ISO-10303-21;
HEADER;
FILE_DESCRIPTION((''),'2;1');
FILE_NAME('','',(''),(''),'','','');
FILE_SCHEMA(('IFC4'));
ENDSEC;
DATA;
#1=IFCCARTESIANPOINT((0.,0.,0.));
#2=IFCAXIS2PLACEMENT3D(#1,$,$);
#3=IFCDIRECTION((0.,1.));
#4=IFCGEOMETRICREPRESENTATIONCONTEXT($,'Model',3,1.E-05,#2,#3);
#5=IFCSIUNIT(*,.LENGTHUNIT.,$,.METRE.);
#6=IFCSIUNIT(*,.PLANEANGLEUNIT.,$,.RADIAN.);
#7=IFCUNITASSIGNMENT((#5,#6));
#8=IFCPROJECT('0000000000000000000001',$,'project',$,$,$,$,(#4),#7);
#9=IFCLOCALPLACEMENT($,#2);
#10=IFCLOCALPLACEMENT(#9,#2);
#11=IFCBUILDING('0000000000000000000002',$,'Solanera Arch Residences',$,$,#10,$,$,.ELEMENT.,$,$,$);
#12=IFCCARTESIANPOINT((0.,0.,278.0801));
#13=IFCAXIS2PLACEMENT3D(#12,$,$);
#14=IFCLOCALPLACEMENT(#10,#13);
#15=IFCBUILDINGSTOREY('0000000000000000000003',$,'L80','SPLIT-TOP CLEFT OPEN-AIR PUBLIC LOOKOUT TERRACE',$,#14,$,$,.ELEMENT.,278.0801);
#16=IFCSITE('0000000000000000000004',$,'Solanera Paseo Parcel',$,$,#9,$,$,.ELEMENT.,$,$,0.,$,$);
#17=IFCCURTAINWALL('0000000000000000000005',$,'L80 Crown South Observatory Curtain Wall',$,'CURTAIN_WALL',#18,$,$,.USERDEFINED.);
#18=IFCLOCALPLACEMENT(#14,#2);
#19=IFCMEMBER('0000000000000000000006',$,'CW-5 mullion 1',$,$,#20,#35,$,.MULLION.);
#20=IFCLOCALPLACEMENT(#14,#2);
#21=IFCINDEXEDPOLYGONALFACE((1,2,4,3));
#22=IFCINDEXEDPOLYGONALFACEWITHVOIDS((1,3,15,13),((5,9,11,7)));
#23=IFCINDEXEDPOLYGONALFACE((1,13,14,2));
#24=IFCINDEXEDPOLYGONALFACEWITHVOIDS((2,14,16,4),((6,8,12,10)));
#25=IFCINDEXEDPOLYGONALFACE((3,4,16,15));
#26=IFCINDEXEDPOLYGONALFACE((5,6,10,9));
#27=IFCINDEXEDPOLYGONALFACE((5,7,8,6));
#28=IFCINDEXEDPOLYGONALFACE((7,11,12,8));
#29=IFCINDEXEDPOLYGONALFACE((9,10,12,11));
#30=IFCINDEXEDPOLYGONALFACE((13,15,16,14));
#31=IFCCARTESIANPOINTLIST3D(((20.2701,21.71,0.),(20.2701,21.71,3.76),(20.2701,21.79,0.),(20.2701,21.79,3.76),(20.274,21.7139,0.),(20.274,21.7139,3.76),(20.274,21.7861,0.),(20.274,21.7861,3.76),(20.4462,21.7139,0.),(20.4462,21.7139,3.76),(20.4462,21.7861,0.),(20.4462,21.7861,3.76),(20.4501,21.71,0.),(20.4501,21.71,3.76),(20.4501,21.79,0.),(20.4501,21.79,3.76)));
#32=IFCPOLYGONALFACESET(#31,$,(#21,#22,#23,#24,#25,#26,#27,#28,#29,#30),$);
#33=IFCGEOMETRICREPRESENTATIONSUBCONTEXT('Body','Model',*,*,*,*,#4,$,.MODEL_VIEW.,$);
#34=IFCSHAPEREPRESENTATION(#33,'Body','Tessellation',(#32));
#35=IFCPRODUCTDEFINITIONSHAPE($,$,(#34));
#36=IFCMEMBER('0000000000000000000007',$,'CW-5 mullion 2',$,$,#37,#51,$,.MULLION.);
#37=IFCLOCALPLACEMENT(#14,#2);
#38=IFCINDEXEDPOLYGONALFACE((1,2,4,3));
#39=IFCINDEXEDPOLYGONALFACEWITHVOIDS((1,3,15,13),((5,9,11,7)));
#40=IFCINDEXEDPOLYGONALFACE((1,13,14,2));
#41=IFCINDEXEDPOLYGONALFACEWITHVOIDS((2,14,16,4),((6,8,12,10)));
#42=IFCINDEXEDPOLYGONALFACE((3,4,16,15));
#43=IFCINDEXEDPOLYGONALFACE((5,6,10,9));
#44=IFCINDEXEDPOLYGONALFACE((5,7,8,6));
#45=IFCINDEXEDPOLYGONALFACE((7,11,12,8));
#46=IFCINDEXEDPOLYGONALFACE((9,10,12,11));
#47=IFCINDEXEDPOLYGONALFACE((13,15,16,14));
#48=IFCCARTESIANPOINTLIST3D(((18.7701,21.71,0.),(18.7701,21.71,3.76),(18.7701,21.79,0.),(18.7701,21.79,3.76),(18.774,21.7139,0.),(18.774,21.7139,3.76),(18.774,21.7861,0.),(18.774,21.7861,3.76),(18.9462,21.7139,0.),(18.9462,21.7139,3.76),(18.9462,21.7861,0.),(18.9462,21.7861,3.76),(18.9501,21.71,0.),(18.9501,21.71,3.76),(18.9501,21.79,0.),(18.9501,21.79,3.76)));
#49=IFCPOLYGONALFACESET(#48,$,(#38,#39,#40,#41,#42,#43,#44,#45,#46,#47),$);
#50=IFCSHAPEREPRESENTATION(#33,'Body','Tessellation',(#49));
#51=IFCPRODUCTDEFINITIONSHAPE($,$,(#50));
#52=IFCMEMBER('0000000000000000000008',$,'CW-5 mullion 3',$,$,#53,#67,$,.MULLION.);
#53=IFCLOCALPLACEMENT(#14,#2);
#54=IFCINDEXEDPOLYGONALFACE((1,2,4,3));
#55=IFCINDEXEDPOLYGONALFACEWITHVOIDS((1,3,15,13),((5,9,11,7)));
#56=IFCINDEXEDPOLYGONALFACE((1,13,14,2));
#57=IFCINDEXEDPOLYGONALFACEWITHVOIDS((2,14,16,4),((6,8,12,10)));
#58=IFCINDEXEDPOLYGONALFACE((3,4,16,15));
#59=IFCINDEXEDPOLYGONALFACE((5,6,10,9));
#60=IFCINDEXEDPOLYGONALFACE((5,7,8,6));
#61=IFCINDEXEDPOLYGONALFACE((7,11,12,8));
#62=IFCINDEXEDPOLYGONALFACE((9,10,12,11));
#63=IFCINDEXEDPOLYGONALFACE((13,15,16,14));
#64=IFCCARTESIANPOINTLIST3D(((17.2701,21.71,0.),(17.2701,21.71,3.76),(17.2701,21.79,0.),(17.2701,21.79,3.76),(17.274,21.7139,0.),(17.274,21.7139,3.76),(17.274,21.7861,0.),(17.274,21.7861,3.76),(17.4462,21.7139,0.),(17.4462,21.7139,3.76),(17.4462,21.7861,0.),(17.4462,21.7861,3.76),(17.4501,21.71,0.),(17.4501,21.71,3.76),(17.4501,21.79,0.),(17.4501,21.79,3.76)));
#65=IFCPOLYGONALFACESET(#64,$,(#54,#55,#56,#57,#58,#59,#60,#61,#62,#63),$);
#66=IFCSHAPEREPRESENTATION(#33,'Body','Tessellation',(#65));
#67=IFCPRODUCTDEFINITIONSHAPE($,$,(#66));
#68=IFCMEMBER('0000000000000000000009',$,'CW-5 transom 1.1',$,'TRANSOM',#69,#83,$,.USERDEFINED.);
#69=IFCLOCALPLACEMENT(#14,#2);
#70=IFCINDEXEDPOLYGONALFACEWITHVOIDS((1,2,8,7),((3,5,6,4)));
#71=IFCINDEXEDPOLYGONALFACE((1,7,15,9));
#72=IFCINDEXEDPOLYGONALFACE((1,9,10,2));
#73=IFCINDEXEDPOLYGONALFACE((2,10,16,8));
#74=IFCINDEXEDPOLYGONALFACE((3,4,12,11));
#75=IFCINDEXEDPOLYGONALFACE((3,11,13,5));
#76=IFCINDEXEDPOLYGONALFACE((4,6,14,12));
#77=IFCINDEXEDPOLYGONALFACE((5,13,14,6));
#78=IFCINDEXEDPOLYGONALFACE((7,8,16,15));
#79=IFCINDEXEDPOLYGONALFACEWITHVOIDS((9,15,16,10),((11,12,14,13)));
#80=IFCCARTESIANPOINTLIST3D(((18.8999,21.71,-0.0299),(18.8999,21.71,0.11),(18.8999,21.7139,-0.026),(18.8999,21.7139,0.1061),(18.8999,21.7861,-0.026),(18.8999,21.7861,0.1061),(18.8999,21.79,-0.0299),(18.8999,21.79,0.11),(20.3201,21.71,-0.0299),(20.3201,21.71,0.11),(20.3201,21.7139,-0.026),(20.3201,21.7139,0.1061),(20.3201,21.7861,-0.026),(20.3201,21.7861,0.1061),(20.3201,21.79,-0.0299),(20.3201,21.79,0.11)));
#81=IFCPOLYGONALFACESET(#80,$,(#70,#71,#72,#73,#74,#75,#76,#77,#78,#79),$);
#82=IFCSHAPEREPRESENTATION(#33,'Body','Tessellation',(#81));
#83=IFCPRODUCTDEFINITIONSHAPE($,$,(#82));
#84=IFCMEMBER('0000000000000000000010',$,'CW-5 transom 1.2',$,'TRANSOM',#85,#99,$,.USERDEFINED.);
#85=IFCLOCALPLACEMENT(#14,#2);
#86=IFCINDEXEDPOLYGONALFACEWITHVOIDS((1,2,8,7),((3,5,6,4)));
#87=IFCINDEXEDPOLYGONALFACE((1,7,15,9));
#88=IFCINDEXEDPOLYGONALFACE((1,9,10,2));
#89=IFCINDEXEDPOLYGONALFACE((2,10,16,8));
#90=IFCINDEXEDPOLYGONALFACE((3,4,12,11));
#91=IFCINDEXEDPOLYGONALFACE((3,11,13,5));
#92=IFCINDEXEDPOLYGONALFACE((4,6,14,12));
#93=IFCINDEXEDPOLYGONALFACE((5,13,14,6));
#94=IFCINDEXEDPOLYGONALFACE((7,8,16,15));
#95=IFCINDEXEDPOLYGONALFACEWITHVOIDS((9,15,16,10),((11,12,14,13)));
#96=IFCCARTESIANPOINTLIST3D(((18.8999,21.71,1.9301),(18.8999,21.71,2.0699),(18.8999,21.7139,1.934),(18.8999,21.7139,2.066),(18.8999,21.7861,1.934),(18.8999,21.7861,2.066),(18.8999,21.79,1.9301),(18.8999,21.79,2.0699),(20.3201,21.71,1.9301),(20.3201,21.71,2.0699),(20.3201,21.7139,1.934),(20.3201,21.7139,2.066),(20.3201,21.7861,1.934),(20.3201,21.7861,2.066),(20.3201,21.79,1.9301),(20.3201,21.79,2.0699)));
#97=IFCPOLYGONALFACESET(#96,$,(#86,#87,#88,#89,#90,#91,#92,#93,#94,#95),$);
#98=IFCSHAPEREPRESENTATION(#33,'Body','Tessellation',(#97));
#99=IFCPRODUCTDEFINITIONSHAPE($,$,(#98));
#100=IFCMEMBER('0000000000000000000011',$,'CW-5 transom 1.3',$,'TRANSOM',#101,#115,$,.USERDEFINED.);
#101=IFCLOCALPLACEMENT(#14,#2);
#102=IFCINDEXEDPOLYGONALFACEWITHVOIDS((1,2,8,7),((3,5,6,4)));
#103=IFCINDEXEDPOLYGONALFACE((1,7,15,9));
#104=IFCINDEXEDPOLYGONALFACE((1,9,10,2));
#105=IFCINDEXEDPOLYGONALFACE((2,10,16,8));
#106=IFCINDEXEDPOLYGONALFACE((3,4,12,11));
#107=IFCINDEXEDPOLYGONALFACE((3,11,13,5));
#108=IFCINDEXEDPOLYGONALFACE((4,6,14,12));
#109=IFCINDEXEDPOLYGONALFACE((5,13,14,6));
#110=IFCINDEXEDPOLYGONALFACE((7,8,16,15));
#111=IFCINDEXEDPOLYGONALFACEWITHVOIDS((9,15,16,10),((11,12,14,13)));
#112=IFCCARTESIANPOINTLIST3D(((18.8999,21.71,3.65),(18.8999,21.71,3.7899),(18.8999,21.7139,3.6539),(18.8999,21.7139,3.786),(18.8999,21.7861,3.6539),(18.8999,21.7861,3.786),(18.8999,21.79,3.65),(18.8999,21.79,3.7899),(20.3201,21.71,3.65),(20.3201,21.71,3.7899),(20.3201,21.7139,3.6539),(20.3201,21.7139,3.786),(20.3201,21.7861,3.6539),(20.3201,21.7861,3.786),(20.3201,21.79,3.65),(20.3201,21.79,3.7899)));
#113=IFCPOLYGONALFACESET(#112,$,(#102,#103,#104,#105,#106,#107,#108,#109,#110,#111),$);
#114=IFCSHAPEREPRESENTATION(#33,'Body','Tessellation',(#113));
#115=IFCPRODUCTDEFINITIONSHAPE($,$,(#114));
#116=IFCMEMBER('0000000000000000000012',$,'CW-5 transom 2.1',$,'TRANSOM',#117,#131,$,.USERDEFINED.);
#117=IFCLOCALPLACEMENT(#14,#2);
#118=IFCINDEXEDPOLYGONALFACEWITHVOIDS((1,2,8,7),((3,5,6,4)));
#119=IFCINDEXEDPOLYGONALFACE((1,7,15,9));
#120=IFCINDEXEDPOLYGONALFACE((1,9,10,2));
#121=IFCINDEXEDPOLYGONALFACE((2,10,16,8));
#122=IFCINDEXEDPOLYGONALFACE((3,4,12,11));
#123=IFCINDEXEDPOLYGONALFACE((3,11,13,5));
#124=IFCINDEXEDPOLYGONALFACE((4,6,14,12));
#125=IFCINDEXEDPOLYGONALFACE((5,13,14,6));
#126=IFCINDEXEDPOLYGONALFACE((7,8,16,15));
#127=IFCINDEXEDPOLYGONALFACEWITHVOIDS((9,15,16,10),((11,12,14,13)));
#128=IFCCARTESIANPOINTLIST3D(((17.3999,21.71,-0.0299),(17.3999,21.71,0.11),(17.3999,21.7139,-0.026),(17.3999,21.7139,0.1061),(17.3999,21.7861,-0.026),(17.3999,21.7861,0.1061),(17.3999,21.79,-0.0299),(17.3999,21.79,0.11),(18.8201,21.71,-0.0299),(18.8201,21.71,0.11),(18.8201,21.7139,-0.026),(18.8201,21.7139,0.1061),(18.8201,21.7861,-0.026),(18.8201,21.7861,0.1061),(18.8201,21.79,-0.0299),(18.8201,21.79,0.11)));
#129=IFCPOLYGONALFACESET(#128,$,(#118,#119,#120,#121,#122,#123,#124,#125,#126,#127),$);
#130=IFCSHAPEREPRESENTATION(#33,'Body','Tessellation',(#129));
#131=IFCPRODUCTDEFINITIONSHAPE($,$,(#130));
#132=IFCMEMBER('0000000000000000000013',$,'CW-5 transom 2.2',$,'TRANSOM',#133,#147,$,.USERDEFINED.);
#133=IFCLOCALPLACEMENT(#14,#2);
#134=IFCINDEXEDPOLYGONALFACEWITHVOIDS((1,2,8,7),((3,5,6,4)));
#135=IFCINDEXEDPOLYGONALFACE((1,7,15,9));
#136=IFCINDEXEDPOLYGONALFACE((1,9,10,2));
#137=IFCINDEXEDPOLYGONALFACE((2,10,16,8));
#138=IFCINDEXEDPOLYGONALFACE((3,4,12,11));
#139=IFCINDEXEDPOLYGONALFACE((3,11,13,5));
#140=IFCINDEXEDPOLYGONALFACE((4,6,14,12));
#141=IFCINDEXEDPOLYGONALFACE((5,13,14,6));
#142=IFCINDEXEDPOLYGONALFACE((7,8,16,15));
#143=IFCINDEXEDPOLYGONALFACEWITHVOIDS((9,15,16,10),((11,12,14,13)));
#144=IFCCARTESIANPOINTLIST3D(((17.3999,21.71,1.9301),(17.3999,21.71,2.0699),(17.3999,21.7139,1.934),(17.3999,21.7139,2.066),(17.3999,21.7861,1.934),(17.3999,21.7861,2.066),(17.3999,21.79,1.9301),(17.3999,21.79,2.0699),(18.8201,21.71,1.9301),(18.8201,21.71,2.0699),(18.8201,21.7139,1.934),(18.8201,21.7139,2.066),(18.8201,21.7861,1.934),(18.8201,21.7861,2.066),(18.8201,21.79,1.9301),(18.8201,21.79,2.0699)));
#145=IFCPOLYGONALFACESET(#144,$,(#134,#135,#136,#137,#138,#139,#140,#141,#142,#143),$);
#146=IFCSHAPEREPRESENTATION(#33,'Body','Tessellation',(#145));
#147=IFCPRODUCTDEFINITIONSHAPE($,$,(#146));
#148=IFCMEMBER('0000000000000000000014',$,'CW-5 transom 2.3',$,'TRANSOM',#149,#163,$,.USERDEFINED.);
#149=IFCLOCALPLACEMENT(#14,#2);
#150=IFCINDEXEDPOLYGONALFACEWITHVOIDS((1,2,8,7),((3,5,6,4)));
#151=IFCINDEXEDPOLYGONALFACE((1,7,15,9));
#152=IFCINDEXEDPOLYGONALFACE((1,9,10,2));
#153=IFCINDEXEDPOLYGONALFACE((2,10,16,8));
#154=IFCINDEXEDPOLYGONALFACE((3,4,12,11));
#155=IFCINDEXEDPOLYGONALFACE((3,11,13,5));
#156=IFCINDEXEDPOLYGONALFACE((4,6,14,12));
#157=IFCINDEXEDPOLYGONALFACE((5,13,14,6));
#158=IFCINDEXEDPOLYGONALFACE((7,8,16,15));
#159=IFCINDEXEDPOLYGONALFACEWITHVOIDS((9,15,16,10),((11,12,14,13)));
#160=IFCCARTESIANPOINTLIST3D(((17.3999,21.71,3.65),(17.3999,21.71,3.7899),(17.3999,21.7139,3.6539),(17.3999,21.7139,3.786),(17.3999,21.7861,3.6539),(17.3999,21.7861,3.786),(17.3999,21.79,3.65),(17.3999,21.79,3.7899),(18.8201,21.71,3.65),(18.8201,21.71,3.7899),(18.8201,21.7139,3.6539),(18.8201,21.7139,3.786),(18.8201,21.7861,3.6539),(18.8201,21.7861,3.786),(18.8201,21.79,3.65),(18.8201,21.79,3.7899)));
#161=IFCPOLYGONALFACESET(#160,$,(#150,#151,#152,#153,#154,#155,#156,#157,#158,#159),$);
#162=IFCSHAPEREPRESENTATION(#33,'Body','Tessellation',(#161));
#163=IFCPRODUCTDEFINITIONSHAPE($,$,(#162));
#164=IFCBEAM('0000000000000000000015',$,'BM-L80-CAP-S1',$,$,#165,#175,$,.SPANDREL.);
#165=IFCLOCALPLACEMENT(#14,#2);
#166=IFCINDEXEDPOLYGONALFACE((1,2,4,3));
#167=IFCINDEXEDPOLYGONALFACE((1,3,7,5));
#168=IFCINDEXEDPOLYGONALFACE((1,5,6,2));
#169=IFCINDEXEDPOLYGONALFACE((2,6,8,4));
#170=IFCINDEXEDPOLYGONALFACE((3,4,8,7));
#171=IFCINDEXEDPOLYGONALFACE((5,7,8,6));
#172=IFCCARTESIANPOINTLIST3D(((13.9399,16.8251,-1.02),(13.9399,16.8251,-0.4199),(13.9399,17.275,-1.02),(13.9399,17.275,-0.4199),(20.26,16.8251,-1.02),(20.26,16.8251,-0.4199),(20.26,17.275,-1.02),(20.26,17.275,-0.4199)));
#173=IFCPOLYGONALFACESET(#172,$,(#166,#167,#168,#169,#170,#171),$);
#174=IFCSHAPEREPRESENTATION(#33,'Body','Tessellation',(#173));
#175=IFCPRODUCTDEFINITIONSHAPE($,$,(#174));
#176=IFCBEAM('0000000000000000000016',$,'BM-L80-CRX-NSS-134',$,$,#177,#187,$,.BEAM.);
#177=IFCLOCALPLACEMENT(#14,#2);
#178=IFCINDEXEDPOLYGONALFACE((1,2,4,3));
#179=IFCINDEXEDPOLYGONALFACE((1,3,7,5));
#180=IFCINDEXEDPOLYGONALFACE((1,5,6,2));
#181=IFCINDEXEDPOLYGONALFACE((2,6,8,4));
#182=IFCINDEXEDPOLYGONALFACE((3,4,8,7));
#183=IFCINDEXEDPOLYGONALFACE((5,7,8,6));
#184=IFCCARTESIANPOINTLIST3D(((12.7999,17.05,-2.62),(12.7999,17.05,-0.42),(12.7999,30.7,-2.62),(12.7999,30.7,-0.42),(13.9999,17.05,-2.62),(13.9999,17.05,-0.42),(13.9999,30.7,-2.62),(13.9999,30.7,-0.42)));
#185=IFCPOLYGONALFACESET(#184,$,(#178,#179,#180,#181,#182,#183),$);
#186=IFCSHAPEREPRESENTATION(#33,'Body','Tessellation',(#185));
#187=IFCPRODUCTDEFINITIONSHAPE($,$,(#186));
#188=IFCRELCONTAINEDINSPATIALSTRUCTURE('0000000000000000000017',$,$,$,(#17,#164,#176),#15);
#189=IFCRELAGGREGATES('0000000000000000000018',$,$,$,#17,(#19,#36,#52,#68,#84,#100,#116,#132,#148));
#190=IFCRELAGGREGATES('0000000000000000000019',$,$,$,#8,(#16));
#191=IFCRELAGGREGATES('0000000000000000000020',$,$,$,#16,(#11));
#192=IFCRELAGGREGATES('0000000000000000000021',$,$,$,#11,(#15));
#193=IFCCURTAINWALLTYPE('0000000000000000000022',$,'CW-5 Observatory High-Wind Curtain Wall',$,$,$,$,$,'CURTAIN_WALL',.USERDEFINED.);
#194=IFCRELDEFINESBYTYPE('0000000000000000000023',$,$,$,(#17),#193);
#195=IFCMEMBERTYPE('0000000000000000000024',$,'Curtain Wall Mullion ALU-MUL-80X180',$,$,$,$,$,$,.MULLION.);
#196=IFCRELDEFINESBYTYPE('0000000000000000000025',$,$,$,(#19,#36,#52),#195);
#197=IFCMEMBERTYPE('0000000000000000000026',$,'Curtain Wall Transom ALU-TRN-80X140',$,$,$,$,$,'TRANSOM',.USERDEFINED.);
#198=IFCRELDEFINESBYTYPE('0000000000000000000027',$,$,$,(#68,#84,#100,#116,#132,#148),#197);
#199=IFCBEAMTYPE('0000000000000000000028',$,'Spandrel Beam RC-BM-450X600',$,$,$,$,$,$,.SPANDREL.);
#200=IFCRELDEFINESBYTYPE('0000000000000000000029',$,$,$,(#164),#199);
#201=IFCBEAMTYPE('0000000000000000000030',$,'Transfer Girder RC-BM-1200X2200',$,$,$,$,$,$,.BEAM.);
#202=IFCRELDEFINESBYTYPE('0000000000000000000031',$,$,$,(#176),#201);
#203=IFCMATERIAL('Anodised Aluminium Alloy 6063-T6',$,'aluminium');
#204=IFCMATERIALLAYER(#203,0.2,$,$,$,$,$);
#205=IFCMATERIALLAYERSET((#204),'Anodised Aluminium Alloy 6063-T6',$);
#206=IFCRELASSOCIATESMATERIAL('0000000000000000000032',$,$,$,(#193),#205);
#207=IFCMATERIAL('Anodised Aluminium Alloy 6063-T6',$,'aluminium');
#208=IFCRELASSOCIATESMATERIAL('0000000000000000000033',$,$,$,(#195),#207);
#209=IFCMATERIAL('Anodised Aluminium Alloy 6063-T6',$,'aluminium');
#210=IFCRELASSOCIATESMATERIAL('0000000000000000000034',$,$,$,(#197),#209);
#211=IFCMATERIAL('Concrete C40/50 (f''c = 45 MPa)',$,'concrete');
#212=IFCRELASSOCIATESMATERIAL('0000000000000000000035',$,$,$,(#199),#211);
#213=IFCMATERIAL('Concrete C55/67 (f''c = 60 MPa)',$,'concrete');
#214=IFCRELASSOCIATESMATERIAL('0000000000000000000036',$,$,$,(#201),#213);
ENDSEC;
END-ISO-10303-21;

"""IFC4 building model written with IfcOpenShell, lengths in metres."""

from ifc_helpers import new_model, si_unit, direction, frame, origin, origin_2d, place, context, subcontext, project, spatial, rectangle, hollow_rectangle, extrude, material, layer, layer_set, material_profile, profile_set, type_object, element, aggregate, save


model = new_model("IFC4")

# Units and contexts
model_context = context("Model", 3, precision=1e-05, world=origin(), true_north=direction((0.0, 1.0)))
body_context = subcontext(model_context, "Body", "Model", "MODEL_VIEW")
ifc_project = project(units=[si_unit("LENGTHUNIT", "METRE"), si_unit("PLANEANGLEUNIT", "RADIAN")], contexts=[model_context])

# Site, building, storey
site_placement = place(None, origin())
site = spatial("IfcSite", under=ifc_project, at=site_placement, Name="Solanera Paseo Parcel", CompositionType="ELEMENT", RefElevation=0.0)
building_placement = place(site_placement, origin())
building = spatial("IfcBuilding", under=site, at=building_placement, Name="Solanera Arch Residences", CompositionType="ELEMENT")
storey_placement = place(building_placement, frame((0.0, 0.0, 278.0801)))
storey = spatial("IfcBuildingStorey", under=building, at=storey_placement, Name="L80", Description="SPLIT-TOP CLEFT OPEN-AIR PUBLIC LOOKOUT TERRACE", CompositionType="ELEMENT", Elevation=278.0801)

# Curtain wall, members
ifc_material_1 = material(Name="Anodised Aluminium Alloy 6063-T6", Category="aluminium")
ifc_layer_1 = layer(ifc_material_1, 0.2)
ifc_layer_set_1 = layer_set([ifc_layer_1], Name="Anodised Aluminium Alloy 6063-T6")
curtain_wall_type = type_object("IfcCurtainWallType", Name="CW-5 Observatory High-Wind Curtain Wall", ElementType="CURTAIN_WALL", PredefinedType="USERDEFINED", material=ifc_layer_set_1)
curtain_wall_placement = place(storey_placement, origin())
curtain_wall = element("IfcCurtainWall", 1, at=curtain_wall_placement, inside=storey, type_object=curtain_wall_type, Name="L80 Crown South Observatory Curtain Wall", ObjectType="CURTAIN_WALL", PredefinedType="USERDEFINED")
ifc_material_2 = material(Name="Anodised Aluminium Alloy 6063-T6", Category="aluminium")
ifc_material_profile_1 = material_profile(ifc_material_2, hollow_rectangle(XDim=0.0801, YDim=0.1799, WallThickness=0.0039, at=origin_2d()))
ifc_profile_set_1 = profile_set([ifc_material_profile_1], Name="Anodised Aluminium Alloy 6063-T6")
member_type_1 = type_object("IfcMemberType", Name="Curtain Wall Mullion ALU-MUL-80X180", PredefinedType="MULLION", material=ifc_profile_set_1)
member_1_placement = place(storey_placement, frame((20.3601, 21.75, 0.0), z_axis=(0.0, 0.0, 1.0), x_axis=(0.0, -1.0, 0.0)))
member_1 = element("IfcMember", 2, at=member_1_placement, type_object=member_type_1, Name="CW-5 mullion 1", PredefinedType="MULLION", context=body_context, shape_type="SweptSolid", body=[
    extrude(hollow_rectangle(XDim=0.0801, YDim=0.1799, WallThickness=0.0039, at=origin_2d()), origin(), (0.0, 0.0, 1.0), 3.76),
])
member_2_placement = place(storey_placement, frame((18.8601, 21.75, 0.0), z_axis=(0.0, 0.0, 1.0), x_axis=(0.0, -1.0, 0.0)))
member_2 = element("IfcMember", 3, at=member_2_placement, type_object=member_type_1, Name="CW-5 mullion 2", PredefinedType="MULLION", context=body_context, shape_type="SweptSolid", body=[
    extrude(hollow_rectangle(XDim=0.0801, YDim=0.1799, WallThickness=0.0039, at=origin_2d()), origin(), (0.0, 0.0, 1.0), 3.76),
])
member_3_placement = place(storey_placement, frame((17.3601, 21.75, 0.0), z_axis=(0.0, 0.0, 1.0), x_axis=(0.0, -1.0, 0.0)))
member_3 = element("IfcMember", 4, at=member_3_placement, type_object=member_type_1, Name="CW-5 mullion 3", PredefinedType="MULLION", context=body_context, shape_type="SweptSolid", body=[
    extrude(hollow_rectangle(XDim=0.0801, YDim=0.1799, WallThickness=0.0039, at=origin_2d()), origin(), (0.0, 0.0, 1.0), 3.76),
])
ifc_material_3 = material(Name="Anodised Aluminium Alloy 6063-T6", Category="aluminium")
ifc_material_profile_2 = material_profile(ifc_material_3, hollow_rectangle(XDim=0.0801, YDim=0.1399, WallThickness=0.0039, at=origin_2d()))
ifc_profile_set_2 = profile_set([ifc_material_profile_2], Name="Anodised Aluminium Alloy 6063-T6")
member_type_2 = type_object("IfcMemberType", Name="Curtain Wall Transom ALU-TRN-80X140", ElementType="TRANSOM", PredefinedType="USERDEFINED", material=ifc_profile_set_2)
member_4_placement = place(storey_placement, frame((20.3201, 21.75, 0.04), z_axis=(-1.0, 0.0, 0.0), x_axis=(0.0, -1.0, 0.0)))
member_4 = element("IfcMember", 5, at=member_4_placement, type_object=member_type_2, Name="CW-5 transom 1.1", ObjectType="TRANSOM", PredefinedType="USERDEFINED", context=body_context, shape_type="SweptSolid", body=[
    extrude(hollow_rectangle(XDim=0.0801, YDim=0.1399, WallThickness=0.0039, at=origin_2d()), origin(), (0.0, 0.0, 1.0), 1.4202),
])
member_5_placement = place(storey_placement, frame((20.3201, 21.75, 2.0), z_axis=(-1.0, 0.0, 0.0), x_axis=(0.0, -1.0, 0.0)))
member_5 = element("IfcMember", 6, at=member_5_placement, type_object=member_type_2, Name="CW-5 transom 1.2", ObjectType="TRANSOM", PredefinedType="USERDEFINED", context=body_context, shape_type="SweptSolid", body=[
    extrude(hollow_rectangle(XDim=0.0801, YDim=0.1399, WallThickness=0.0039, at=origin_2d()), origin(), (0.0, 0.0, 1.0), 1.4202),
])
member_6_placement = place(storey_placement, frame((20.3201, 21.75, 3.72), z_axis=(-1.0, 0.0, 0.0), x_axis=(0.0, -1.0, 0.0)))
member_6 = element("IfcMember", 7, at=member_6_placement, type_object=member_type_2, Name="CW-5 transom 1.3", ObjectType="TRANSOM", PredefinedType="USERDEFINED", context=body_context, shape_type="SweptSolid", body=[
    extrude(hollow_rectangle(XDim=0.0801, YDim=0.1399, WallThickness=0.0039, at=origin_2d()), origin(), (0.0, 0.0, 1.0), 1.4202),
])
member_7_placement = place(storey_placement, frame((18.8201, 21.75, 0.04), z_axis=(-1.0, 0.0, 0.0), x_axis=(0.0, -1.0, 0.0)))
member_7 = element("IfcMember", 8, at=member_7_placement, type_object=member_type_2, Name="CW-5 transom 2.1", ObjectType="TRANSOM", PredefinedType="USERDEFINED", context=body_context, shape_type="SweptSolid", body=[
    extrude(hollow_rectangle(XDim=0.0801, YDim=0.1399, WallThickness=0.0039, at=origin_2d()), origin(), (0.0, 0.0, 1.0), 1.4202),
])
member_8_placement = place(storey_placement, frame((18.8201, 21.75, 2.0), z_axis=(-1.0, 0.0, 0.0), x_axis=(0.0, -1.0, 0.0)))
member_8 = element("IfcMember", 9, at=member_8_placement, type_object=member_type_2, Name="CW-5 transom 2.2", ObjectType="TRANSOM", PredefinedType="USERDEFINED", context=body_context, shape_type="SweptSolid", body=[
    extrude(hollow_rectangle(XDim=0.0801, YDim=0.1399, WallThickness=0.0039, at=origin_2d()), origin(), (0.0, 0.0, 1.0), 1.4202),
])
member_9_placement = place(storey_placement, frame((18.8201, 21.75, 3.72), z_axis=(-1.0, 0.0, 0.0), x_axis=(0.0, -1.0, 0.0)))
member_9 = element("IfcMember", 10, at=member_9_placement, type_object=member_type_2, Name="CW-5 transom 2.3", ObjectType="TRANSOM", PredefinedType="USERDEFINED", context=body_context, shape_type="SweptSolid", body=[
    extrude(hollow_rectangle(XDim=0.0801, YDim=0.1399, WallThickness=0.0039, at=origin_2d()), origin(), (0.0, 0.0, 1.0), 1.4202),
])

# Beams
ifc_material_4 = material(Name="Concrete C40/50 (f'c = 45 MPa)", Category="concrete")
ifc_material_profile_3 = material_profile(ifc_material_4, rectangle(XDim=0.45, YDim=0.6001, at=origin_2d()))
ifc_profile_set_3 = profile_set([ifc_material_profile_3], Name="Concrete C40/50 (f'c = 45 MPa)")
beam_type_1 = type_object("IfcBeamType", Name="Spandrel Beam RC-BM-450X600", PredefinedType="SPANDREL", material=ifc_profile_set_3)
beam_1_placement = place(storey_placement, frame((13.9399, 17.05, -0.72), z_axis=(1.0, 0.0, 0.0), x_axis=(0.0, 1.0, 0.0)))
element("IfcBeam", 11, at=beam_1_placement, inside=storey, type_object=beam_type_1, Name="BM-L80-CAP-S1", PredefinedType="SPANDREL", context=body_context, shape_type="SweptSolid", body=[
    extrude(rectangle(XDim=0.45, YDim=0.6001, at=origin_2d()), origin(), (0.0, 0.0, 1.0), 6.3201),
])
ifc_material_5 = material(Name="Concrete C55/67 (f'c = 60 MPa)", Category="concrete")
ifc_material_profile_4 = material_profile(ifc_material_5, rectangle(XDim=1.2, YDim=2.2, at=origin_2d()))
ifc_profile_set_4 = profile_set([ifc_material_profile_4], Name="Concrete C55/67 (f'c = 60 MPa)")
beam_type_2 = type_object("IfcBeamType", Name="Transfer Girder RC-BM-1200X2200", PredefinedType="BEAM", material=ifc_profile_set_4)
beam_2_placement = place(storey_placement, frame((13.3999, 17.05, -1.52), z_axis=(0.0, 1.0, 0.0), x_axis=(-1.0, 0.0, 0.0)))
element("IfcBeam", 12, at=beam_2_placement, inside=storey, type_object=beam_type_2, Name="BM-L80-CRX-NSS-134", PredefinedType="BEAM", context=body_context, shape_type="SweptSolid", body=[
    extrude(rectangle(XDim=1.2, YDim=2.2, at=origin_2d()), origin(), (0.0, 0.0, 1.0), 13.6499),
])

aggregate(curtain_wall, [member_1, member_2, member_3, member_4, member_5, member_6, member_7, member_8, member_9])

save(model, "model.ifc")
